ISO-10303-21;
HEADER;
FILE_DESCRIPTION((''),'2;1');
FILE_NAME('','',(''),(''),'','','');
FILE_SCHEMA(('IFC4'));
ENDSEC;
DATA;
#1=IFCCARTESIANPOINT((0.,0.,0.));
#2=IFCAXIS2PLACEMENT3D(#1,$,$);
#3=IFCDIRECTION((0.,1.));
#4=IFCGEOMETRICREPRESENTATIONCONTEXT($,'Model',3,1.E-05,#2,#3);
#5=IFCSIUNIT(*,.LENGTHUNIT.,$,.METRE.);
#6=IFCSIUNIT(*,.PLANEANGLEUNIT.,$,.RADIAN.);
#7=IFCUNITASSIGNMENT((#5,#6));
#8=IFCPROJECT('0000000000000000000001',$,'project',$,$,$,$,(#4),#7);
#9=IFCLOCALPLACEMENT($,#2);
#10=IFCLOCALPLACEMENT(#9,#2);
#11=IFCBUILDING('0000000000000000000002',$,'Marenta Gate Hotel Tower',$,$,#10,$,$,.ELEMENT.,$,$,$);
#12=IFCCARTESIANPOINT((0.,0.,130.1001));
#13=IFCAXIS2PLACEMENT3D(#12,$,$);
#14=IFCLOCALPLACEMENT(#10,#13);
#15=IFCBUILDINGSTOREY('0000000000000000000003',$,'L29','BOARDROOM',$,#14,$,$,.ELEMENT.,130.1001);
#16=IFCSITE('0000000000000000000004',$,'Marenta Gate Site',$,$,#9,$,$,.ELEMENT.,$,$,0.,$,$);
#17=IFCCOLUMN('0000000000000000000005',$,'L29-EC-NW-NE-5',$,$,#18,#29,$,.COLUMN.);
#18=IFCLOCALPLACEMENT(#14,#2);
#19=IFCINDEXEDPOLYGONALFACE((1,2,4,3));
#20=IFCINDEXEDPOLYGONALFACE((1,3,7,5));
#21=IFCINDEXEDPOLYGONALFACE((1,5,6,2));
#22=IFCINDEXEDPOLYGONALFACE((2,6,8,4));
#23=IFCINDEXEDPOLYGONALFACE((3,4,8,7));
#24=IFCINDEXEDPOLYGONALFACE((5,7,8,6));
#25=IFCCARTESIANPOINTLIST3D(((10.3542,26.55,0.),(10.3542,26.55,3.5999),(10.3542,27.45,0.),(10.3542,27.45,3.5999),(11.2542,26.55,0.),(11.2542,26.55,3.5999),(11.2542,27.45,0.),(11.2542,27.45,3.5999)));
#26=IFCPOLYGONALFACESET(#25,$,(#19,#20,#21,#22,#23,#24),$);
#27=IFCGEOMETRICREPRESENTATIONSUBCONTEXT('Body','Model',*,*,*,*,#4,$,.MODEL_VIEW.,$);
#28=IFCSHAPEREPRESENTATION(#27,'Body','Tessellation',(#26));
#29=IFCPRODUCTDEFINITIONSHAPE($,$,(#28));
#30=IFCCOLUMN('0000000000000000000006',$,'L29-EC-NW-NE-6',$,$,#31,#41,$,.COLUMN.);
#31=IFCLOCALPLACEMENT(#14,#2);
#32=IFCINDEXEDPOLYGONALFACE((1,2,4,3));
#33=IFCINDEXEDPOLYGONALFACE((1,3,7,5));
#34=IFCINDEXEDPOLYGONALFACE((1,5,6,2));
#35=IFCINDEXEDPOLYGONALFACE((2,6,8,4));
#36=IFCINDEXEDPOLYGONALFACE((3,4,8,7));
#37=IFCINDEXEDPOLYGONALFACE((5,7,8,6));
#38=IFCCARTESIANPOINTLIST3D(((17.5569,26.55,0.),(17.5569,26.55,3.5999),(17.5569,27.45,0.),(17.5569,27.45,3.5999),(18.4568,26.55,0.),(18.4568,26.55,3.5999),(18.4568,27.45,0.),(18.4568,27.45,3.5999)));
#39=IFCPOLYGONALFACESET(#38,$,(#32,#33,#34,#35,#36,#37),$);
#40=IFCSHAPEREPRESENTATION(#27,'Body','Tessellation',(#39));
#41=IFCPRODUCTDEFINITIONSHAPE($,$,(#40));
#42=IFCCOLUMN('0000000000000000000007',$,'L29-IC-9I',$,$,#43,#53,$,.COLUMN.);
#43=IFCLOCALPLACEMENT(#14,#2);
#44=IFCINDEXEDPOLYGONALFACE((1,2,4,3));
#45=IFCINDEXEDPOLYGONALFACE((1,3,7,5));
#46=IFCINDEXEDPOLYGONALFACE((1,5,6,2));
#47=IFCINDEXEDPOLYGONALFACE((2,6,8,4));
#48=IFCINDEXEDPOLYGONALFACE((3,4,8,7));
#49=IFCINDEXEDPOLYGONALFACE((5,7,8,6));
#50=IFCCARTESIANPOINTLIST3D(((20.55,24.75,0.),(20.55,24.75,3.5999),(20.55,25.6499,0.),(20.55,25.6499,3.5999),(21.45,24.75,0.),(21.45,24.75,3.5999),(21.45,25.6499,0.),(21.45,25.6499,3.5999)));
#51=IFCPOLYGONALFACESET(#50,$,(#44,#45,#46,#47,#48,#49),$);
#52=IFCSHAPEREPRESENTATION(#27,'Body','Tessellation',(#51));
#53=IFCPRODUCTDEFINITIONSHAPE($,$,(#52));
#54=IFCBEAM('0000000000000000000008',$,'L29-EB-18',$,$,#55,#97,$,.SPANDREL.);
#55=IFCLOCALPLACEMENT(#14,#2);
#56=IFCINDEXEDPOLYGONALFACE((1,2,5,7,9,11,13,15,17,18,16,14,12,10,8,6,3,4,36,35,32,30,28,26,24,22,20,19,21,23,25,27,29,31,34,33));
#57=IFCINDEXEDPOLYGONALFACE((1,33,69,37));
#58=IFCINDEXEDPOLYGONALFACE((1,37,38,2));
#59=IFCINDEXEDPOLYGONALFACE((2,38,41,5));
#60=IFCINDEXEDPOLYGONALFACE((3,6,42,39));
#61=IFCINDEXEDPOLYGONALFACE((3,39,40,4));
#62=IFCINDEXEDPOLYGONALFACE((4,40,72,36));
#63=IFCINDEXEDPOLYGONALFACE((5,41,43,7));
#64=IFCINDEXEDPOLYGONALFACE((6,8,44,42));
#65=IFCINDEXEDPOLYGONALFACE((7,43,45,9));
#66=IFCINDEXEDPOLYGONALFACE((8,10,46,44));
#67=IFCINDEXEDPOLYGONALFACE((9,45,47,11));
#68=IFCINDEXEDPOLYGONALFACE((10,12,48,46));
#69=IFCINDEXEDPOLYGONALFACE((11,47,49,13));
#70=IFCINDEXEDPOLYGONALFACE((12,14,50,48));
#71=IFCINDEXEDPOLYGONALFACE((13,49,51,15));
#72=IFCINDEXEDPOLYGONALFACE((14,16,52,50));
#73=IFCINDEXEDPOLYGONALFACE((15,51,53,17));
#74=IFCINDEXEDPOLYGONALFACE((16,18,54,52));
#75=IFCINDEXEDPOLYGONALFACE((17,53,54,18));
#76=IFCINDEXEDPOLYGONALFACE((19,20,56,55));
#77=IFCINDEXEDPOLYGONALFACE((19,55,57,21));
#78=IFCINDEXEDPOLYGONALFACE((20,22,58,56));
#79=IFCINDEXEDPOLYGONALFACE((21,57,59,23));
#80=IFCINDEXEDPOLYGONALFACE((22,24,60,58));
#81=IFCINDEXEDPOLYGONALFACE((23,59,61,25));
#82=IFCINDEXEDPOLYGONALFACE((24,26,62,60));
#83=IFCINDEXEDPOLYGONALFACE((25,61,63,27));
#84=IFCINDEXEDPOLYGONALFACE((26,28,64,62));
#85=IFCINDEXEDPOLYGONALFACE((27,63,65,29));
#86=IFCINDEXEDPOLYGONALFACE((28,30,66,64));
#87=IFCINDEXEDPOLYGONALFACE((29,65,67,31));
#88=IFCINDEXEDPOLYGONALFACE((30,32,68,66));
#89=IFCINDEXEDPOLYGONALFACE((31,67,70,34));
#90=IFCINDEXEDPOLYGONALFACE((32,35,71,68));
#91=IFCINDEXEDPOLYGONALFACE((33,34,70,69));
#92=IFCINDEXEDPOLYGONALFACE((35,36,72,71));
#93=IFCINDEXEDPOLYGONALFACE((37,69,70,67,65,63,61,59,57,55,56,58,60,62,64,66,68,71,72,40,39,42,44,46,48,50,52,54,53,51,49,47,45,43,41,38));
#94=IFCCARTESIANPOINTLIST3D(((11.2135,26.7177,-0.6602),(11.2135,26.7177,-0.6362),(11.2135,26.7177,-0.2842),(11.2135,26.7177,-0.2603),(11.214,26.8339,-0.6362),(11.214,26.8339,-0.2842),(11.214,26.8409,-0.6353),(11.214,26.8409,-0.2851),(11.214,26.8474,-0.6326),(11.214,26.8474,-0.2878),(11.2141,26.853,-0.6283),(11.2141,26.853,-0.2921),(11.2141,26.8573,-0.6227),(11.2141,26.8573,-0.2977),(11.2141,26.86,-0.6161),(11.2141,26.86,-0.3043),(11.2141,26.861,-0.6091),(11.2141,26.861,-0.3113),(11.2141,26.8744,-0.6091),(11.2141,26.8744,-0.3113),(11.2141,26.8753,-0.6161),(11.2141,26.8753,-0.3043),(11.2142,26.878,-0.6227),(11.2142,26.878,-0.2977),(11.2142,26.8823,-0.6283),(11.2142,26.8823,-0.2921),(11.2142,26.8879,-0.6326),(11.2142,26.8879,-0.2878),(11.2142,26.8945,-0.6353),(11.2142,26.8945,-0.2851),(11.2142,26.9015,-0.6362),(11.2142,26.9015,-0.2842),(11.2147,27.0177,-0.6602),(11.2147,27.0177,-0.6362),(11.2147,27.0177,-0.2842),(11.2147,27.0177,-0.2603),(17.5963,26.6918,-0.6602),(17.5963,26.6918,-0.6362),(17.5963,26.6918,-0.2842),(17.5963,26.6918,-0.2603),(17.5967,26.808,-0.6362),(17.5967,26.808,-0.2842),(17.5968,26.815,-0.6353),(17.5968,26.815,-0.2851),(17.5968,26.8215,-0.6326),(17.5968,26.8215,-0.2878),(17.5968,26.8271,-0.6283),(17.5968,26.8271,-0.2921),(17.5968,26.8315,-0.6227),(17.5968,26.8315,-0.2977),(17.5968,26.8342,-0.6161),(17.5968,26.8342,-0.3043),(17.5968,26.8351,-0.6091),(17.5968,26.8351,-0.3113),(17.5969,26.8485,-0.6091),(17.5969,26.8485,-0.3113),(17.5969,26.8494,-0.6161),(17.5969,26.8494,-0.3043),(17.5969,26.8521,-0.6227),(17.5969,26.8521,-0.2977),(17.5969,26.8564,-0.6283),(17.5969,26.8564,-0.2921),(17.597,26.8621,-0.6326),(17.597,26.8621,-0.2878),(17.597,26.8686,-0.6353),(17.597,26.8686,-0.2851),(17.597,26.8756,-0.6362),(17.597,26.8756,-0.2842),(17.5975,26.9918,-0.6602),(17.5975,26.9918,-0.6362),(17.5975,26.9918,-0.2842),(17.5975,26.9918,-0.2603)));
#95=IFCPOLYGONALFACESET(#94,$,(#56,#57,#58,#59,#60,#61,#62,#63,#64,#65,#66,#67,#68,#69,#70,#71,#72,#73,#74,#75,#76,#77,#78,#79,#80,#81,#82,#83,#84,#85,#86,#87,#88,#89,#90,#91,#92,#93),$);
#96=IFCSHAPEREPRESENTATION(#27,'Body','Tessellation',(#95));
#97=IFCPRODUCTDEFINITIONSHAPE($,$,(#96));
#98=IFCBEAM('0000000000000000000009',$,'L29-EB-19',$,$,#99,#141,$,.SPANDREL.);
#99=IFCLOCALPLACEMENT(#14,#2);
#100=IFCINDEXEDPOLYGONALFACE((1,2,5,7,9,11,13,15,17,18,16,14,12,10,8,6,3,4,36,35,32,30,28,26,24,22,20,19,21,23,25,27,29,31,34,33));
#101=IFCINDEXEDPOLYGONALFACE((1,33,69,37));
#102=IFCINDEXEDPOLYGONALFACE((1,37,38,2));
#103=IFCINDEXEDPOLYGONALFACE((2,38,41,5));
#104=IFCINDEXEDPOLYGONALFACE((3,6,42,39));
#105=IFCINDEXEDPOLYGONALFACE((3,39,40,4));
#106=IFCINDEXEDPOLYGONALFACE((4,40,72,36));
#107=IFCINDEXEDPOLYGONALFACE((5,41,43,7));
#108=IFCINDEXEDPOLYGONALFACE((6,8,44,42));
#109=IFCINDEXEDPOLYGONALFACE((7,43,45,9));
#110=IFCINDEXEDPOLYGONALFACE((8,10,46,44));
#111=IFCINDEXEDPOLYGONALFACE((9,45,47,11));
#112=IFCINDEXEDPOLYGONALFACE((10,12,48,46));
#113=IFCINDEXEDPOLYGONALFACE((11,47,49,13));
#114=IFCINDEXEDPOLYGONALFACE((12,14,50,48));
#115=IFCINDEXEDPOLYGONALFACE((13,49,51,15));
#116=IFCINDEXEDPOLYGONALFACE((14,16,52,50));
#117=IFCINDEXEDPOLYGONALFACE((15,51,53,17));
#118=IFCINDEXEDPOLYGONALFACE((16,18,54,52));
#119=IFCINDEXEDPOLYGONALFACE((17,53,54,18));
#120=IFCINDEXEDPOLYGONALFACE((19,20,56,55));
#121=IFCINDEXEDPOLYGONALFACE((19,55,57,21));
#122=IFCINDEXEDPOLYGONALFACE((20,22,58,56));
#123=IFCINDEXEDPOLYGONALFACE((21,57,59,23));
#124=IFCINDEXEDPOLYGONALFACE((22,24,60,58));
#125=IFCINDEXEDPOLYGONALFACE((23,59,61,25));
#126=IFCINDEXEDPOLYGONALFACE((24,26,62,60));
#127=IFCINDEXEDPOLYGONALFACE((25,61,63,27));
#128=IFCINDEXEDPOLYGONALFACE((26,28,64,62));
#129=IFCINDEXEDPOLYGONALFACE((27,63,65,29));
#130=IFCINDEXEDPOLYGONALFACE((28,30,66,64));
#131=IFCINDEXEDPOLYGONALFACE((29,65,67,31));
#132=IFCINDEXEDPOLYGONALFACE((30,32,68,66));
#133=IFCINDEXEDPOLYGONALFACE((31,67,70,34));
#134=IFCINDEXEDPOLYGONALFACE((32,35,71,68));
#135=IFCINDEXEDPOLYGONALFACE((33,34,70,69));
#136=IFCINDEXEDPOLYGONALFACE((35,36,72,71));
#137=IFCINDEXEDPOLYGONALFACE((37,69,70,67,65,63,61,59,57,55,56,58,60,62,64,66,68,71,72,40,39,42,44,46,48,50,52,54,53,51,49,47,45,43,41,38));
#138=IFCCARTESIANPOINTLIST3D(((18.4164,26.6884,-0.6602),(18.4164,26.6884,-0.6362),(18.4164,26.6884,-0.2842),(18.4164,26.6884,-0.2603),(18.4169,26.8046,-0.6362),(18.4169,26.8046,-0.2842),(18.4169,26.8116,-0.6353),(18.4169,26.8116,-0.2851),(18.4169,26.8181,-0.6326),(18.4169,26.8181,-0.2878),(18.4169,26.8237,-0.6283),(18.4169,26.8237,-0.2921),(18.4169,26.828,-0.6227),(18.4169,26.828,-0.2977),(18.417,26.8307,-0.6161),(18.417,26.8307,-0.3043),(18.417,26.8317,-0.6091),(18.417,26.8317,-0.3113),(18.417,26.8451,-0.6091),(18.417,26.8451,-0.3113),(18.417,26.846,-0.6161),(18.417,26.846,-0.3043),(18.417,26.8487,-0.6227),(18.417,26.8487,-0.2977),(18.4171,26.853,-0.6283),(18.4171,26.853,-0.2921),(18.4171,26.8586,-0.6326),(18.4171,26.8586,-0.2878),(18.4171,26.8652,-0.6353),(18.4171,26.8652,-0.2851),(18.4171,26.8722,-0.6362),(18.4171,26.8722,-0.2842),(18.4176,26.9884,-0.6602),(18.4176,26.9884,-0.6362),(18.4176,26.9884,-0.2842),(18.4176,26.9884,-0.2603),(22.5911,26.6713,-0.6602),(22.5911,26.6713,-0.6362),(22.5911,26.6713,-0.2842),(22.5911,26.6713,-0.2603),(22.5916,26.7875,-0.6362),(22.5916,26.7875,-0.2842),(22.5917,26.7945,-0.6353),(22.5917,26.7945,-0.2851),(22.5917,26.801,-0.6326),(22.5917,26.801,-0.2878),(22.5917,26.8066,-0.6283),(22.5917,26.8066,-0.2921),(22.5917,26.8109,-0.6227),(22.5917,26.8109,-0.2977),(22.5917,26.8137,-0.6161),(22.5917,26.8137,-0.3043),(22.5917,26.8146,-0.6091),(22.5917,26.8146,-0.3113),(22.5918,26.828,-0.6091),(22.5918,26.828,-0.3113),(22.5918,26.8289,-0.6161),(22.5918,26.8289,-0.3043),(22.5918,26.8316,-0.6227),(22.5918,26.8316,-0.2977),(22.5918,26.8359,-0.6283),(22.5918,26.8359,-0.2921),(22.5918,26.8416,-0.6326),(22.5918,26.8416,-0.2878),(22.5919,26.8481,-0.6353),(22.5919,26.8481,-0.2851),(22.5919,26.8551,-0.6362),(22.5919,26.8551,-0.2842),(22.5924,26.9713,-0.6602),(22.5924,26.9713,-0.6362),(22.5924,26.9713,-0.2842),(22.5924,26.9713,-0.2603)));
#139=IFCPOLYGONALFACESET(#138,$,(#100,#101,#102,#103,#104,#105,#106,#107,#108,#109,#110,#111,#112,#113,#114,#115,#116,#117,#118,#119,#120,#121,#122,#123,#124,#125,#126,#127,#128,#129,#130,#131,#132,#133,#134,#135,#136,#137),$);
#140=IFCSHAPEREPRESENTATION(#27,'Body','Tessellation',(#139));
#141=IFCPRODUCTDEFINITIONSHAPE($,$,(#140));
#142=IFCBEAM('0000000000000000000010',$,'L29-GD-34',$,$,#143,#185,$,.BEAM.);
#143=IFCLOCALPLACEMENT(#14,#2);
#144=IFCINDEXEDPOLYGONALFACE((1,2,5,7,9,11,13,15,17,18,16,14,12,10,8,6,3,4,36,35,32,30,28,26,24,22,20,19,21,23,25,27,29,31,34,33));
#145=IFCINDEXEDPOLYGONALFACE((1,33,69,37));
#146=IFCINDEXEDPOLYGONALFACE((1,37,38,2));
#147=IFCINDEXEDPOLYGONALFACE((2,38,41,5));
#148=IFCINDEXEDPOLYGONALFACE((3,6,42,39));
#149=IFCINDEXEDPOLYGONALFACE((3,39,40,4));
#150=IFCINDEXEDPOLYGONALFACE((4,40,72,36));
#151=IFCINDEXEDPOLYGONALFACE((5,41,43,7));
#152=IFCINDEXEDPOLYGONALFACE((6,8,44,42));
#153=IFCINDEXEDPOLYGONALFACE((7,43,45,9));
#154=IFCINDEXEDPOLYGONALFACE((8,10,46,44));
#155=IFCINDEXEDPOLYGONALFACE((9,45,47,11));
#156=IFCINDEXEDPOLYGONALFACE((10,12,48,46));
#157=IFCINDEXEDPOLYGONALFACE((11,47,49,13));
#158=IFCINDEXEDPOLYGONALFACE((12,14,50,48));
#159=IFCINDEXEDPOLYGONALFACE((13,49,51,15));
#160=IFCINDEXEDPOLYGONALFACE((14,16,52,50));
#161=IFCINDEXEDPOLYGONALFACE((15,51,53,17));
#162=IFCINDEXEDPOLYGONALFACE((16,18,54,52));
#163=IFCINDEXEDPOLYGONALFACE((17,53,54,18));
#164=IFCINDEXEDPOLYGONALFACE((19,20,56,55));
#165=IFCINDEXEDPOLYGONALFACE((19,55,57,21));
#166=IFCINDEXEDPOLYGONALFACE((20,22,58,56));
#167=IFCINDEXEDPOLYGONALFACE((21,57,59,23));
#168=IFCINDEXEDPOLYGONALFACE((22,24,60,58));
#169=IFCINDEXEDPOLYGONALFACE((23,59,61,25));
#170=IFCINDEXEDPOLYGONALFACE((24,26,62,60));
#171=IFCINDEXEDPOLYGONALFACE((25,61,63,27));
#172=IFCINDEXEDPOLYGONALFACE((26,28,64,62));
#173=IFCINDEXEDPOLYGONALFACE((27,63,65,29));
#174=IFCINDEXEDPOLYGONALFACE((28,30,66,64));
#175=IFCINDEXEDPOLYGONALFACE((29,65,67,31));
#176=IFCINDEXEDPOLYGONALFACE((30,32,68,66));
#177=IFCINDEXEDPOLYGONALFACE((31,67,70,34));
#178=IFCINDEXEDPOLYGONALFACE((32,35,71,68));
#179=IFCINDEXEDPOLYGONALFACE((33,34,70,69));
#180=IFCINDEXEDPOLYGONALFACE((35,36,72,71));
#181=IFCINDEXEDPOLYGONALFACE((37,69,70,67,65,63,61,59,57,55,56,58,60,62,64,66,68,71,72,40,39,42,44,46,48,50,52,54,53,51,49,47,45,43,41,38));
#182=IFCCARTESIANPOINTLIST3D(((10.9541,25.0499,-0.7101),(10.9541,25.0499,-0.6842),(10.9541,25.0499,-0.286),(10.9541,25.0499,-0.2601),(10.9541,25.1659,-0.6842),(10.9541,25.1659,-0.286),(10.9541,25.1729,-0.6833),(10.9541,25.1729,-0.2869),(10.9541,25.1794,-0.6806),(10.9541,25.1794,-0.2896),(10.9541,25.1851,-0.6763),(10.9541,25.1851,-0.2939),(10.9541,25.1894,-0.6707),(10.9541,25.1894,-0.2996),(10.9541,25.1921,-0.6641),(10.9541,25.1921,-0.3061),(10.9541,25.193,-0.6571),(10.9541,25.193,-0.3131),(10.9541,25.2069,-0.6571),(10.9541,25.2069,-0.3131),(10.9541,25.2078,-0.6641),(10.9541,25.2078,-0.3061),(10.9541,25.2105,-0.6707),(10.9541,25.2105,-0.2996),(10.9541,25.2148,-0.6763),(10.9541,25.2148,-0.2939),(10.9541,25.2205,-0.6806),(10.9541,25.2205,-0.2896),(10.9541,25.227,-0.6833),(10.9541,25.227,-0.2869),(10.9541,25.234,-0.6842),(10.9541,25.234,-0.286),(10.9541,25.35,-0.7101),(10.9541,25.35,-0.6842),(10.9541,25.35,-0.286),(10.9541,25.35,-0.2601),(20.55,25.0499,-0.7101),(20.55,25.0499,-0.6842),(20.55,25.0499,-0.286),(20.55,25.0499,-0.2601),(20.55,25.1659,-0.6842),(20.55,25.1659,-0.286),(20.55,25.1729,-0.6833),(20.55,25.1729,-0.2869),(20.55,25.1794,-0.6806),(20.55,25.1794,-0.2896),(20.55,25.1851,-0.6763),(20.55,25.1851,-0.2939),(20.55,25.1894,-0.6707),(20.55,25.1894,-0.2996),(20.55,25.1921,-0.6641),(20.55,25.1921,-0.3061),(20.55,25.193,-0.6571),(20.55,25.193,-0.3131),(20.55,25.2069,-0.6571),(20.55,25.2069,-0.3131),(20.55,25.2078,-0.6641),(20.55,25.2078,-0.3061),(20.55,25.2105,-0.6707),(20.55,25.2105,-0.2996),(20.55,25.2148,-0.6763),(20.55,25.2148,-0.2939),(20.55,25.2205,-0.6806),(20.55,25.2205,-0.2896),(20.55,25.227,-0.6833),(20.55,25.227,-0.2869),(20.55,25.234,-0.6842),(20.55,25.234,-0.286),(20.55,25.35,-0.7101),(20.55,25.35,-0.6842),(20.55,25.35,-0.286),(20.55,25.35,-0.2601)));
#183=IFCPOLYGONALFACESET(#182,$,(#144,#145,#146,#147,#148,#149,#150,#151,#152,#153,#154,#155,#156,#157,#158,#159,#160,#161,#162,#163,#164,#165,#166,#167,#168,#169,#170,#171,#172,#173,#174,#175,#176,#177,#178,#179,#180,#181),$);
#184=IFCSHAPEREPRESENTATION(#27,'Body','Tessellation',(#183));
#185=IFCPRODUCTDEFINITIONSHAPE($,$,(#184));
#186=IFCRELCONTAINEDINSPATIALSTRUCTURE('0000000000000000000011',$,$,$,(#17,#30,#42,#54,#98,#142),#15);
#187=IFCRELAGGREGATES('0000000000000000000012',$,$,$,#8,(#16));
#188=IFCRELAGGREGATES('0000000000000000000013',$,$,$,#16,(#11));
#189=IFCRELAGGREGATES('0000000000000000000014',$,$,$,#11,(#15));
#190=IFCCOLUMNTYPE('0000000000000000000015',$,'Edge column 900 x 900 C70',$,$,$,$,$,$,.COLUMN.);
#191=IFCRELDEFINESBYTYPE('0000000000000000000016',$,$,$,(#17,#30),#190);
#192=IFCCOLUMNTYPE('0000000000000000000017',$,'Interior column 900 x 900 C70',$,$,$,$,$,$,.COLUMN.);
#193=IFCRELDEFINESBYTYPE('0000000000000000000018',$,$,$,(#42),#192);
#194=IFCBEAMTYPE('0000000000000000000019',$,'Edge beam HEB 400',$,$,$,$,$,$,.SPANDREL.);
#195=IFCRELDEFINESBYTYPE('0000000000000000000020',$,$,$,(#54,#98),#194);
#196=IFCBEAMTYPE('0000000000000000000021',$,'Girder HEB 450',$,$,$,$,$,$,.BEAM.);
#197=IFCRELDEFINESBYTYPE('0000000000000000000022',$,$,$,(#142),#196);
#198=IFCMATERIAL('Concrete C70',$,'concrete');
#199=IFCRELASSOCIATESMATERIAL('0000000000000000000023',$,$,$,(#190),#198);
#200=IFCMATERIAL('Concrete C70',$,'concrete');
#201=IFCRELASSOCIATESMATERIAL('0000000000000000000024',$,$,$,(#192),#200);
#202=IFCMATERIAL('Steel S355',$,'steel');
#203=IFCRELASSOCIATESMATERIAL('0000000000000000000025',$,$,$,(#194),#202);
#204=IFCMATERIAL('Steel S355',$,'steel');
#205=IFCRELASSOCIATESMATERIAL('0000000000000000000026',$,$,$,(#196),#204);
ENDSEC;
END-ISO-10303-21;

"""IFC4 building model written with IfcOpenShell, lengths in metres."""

from ifc_helpers import new_model, si_unit, direction, frame, origin, origin_2d, place, context, subcontext, project, spatial, rectangle, i_section, extrude, material, material_profile, profile_set, type_object, element, save


model = new_model("IFC4")

# Units and contexts
model_context = context("Model", 3, precision=1e-05, world=origin(), true_north=direction((0.0, 1.0)))
body_context = subcontext(model_context, "Body", "Model", "MODEL_VIEW")
ifc_project = project(units=[si_unit("LENGTHUNIT", "METRE"), si_unit("PLANEANGLEUNIT", "RADIAN")], contexts=[model_context])

# Site, building, storey
site_placement = place(None, origin())
site = spatial("IfcSite", under=ifc_project, at=site_placement, Name="Marenta Gate Site", CompositionType="ELEMENT", RefElevation=0.0)
building_placement = place(site_placement, origin())
building = spatial("IfcBuilding", under=site, at=building_placement, Name="Marenta Gate Hotel Tower", CompositionType="ELEMENT")
storey_placement = place(building_placement, frame((0.0, 0.0, 130.1001)))
storey = spatial("IfcBuildingStorey", under=building, at=storey_placement, Name="L29", Description="BOARDROOM", CompositionType="ELEMENT", Elevation=130.1001)

# Columns
ifc_material_1 = material(Name="Concrete C70", Category="concrete")
ifc_material_profile_1 = material_profile(ifc_material_1, rectangle(XDim=0.8999, YDim=0.8999, at=origin_2d()), Name="900 x 900")
ifc_profile_set_1 = profile_set([ifc_material_profile_1], Name="Concrete C70")
column_type_1 = type_object("IfcColumnType", Name="Edge column 900 x 900 C70", PredefinedType="COLUMN", material=ifc_profile_set_1)
for number, where, z_axis, x_axis, name in (
    (1, (10.8042, 27.0, 0.0), (0.0, 0.0, 1.0), (1.0, 0.0, 0.0), "L29-EC-NW-NE-5"),
    (2, (18.0068, 27.0, 0.0), (0.0, 0.0, 1.0), (1.0, 0.0, 0.0), "L29-EC-NW-NE-6"),
):
    element("IfcColumn", number, at=place(storey_placement, frame(where, z_axis=z_axis, x_axis=x_axis)), inside=storey, type_object=column_type_1, Name=name, PredefinedType="COLUMN", context=body_context, shape_type="SweptSolid", body=[
        extrude(rectangle(XDim=0.8999, YDim=0.8999, at=origin_2d()), origin(), (0.0, 0.0, 1.0), 3.5999),
    ])
ifc_material_2 = material(Name="Concrete C70", Category="concrete")
ifc_material_profile_2 = material_profile(ifc_material_2, rectangle(XDim=0.8999, YDim=0.8999, at=origin_2d()), Name="900 x 900")
ifc_profile_set_2 = profile_set([ifc_material_profile_2], Name="Concrete C70")
column_type_2 = type_object("IfcColumnType", Name="Interior column 900 x 900 C70", PredefinedType="COLUMN", material=ifc_profile_set_2)
column_placement = place(storey_placement, frame((21.0, 25.2, 0.0), z_axis=(0.0, 0.0, 1.0), x_axis=(1.0, 0.0, 0.0)))
element("IfcColumn", 3, at=column_placement, inside=storey, type_object=column_type_2, Name="L29-IC-9I", PredefinedType="COLUMN", context=body_context, shape_type="SweptSolid", body=[
    extrude(rectangle(XDim=0.8999, YDim=0.8999, at=origin_2d()), origin(), (0.0, 0.0, 1.0), 3.5999),
])

# Beams
ifc_material_3 = material(Name="Steel S355", Category="steel")
ifc_material_profile_3 = material_profile(ifc_material_3, i_section(OverallWidth=0.3, OverallDepth=0.3999, WebThickness=0.0134, FlangeThickness=0.0239, FilletRadius=0.0271, at=origin_2d()), Name="HEB 400")
ifc_profile_set_3 = profile_set([ifc_material_profile_3], Name="Steel S355")
beam_type_1 = type_object("IfcBeamType", Name="Edge beam HEB 400", PredefinedType="SPANDREL", material=ifc_profile_set_3)
beam_1_placement = place(storey_placement, frame((11.2141, 26.8677, -0.4602), z_axis=(0.999992, -0.004054, 0.0), x_axis=(0.004054, 0.999992, 0.0)))
element("IfcBeam", 4, at=beam_1_placement, inside=storey, type_object=beam_type_1, Name="L29-EB-18", PredefinedType="SPANDREL", context=body_context, shape_type="SweptSolid", body=[
    extrude(i_section(OverallWidth=0.3, OverallDepth=0.3999, WebThickness=0.0134, FlangeThickness=0.0239, FilletRadius=0.0271, at=origin_2d()), origin(), (0.0, 0.0, 1.0), 6.3828),
])
beam_2_placement = place(storey_placement, frame((18.417, 26.8384, -0.4602), z_axis=(0.999992, -0.004094, 0.0), x_axis=(0.004094, 0.999992, 0.0)))
element("IfcBeam", 5, at=beam_2_placement, inside=storey, type_object=beam_type_1, Name="L29-EB-19", PredefinedType="SPANDREL", context=body_context, shape_type="SweptSolid", body=[
    extrude(i_section(OverallWidth=0.3, OverallDepth=0.3999, WebThickness=0.0134, FlangeThickness=0.0239, FilletRadius=0.0271, at=origin_2d()), origin(), (0.0, 0.0, 1.0), 4.1748),
])
ifc_material_4 = material(Name="Steel S355", Category="steel")
ifc_material_profile_4 = material_profile(ifc_material_4, i_section(OverallWidth=0.3, OverallDepth=0.45, WebThickness=0.0139, FlangeThickness=0.0259, FilletRadius=0.0271, at=origin_2d()), Name="HEB 450")
ifc_profile_set_4 = profile_set([ifc_material_profile_4], Name="Steel S355")
beam_type_2 = type_object("IfcBeamType", Name="Girder HEB 450", PredefinedType="BEAM", material=ifc_profile_set_4)
beam_3_placement = place(storey_placement, frame((10.9541, 25.2, -0.4851), z_axis=(1.0, 0.0, 0.0), x_axis=(0.0, 1.0, 0.0)))
element("IfcBeam", 6, at=beam_3_placement, inside=storey, type_object=beam_type_2, Name="L29-GD-34", PredefinedType="BEAM", context=body_context, shape_type="SweptSolid", body=[
    extrude(i_section(OverallWidth=0.3, OverallDepth=0.45, WebThickness=0.0139, FlangeThickness=0.0259, FilletRadius=0.0271, at=origin_2d()), origin(), (0.0, 0.0, 1.0), 9.5959),
])

save(model, "model.ifc")
